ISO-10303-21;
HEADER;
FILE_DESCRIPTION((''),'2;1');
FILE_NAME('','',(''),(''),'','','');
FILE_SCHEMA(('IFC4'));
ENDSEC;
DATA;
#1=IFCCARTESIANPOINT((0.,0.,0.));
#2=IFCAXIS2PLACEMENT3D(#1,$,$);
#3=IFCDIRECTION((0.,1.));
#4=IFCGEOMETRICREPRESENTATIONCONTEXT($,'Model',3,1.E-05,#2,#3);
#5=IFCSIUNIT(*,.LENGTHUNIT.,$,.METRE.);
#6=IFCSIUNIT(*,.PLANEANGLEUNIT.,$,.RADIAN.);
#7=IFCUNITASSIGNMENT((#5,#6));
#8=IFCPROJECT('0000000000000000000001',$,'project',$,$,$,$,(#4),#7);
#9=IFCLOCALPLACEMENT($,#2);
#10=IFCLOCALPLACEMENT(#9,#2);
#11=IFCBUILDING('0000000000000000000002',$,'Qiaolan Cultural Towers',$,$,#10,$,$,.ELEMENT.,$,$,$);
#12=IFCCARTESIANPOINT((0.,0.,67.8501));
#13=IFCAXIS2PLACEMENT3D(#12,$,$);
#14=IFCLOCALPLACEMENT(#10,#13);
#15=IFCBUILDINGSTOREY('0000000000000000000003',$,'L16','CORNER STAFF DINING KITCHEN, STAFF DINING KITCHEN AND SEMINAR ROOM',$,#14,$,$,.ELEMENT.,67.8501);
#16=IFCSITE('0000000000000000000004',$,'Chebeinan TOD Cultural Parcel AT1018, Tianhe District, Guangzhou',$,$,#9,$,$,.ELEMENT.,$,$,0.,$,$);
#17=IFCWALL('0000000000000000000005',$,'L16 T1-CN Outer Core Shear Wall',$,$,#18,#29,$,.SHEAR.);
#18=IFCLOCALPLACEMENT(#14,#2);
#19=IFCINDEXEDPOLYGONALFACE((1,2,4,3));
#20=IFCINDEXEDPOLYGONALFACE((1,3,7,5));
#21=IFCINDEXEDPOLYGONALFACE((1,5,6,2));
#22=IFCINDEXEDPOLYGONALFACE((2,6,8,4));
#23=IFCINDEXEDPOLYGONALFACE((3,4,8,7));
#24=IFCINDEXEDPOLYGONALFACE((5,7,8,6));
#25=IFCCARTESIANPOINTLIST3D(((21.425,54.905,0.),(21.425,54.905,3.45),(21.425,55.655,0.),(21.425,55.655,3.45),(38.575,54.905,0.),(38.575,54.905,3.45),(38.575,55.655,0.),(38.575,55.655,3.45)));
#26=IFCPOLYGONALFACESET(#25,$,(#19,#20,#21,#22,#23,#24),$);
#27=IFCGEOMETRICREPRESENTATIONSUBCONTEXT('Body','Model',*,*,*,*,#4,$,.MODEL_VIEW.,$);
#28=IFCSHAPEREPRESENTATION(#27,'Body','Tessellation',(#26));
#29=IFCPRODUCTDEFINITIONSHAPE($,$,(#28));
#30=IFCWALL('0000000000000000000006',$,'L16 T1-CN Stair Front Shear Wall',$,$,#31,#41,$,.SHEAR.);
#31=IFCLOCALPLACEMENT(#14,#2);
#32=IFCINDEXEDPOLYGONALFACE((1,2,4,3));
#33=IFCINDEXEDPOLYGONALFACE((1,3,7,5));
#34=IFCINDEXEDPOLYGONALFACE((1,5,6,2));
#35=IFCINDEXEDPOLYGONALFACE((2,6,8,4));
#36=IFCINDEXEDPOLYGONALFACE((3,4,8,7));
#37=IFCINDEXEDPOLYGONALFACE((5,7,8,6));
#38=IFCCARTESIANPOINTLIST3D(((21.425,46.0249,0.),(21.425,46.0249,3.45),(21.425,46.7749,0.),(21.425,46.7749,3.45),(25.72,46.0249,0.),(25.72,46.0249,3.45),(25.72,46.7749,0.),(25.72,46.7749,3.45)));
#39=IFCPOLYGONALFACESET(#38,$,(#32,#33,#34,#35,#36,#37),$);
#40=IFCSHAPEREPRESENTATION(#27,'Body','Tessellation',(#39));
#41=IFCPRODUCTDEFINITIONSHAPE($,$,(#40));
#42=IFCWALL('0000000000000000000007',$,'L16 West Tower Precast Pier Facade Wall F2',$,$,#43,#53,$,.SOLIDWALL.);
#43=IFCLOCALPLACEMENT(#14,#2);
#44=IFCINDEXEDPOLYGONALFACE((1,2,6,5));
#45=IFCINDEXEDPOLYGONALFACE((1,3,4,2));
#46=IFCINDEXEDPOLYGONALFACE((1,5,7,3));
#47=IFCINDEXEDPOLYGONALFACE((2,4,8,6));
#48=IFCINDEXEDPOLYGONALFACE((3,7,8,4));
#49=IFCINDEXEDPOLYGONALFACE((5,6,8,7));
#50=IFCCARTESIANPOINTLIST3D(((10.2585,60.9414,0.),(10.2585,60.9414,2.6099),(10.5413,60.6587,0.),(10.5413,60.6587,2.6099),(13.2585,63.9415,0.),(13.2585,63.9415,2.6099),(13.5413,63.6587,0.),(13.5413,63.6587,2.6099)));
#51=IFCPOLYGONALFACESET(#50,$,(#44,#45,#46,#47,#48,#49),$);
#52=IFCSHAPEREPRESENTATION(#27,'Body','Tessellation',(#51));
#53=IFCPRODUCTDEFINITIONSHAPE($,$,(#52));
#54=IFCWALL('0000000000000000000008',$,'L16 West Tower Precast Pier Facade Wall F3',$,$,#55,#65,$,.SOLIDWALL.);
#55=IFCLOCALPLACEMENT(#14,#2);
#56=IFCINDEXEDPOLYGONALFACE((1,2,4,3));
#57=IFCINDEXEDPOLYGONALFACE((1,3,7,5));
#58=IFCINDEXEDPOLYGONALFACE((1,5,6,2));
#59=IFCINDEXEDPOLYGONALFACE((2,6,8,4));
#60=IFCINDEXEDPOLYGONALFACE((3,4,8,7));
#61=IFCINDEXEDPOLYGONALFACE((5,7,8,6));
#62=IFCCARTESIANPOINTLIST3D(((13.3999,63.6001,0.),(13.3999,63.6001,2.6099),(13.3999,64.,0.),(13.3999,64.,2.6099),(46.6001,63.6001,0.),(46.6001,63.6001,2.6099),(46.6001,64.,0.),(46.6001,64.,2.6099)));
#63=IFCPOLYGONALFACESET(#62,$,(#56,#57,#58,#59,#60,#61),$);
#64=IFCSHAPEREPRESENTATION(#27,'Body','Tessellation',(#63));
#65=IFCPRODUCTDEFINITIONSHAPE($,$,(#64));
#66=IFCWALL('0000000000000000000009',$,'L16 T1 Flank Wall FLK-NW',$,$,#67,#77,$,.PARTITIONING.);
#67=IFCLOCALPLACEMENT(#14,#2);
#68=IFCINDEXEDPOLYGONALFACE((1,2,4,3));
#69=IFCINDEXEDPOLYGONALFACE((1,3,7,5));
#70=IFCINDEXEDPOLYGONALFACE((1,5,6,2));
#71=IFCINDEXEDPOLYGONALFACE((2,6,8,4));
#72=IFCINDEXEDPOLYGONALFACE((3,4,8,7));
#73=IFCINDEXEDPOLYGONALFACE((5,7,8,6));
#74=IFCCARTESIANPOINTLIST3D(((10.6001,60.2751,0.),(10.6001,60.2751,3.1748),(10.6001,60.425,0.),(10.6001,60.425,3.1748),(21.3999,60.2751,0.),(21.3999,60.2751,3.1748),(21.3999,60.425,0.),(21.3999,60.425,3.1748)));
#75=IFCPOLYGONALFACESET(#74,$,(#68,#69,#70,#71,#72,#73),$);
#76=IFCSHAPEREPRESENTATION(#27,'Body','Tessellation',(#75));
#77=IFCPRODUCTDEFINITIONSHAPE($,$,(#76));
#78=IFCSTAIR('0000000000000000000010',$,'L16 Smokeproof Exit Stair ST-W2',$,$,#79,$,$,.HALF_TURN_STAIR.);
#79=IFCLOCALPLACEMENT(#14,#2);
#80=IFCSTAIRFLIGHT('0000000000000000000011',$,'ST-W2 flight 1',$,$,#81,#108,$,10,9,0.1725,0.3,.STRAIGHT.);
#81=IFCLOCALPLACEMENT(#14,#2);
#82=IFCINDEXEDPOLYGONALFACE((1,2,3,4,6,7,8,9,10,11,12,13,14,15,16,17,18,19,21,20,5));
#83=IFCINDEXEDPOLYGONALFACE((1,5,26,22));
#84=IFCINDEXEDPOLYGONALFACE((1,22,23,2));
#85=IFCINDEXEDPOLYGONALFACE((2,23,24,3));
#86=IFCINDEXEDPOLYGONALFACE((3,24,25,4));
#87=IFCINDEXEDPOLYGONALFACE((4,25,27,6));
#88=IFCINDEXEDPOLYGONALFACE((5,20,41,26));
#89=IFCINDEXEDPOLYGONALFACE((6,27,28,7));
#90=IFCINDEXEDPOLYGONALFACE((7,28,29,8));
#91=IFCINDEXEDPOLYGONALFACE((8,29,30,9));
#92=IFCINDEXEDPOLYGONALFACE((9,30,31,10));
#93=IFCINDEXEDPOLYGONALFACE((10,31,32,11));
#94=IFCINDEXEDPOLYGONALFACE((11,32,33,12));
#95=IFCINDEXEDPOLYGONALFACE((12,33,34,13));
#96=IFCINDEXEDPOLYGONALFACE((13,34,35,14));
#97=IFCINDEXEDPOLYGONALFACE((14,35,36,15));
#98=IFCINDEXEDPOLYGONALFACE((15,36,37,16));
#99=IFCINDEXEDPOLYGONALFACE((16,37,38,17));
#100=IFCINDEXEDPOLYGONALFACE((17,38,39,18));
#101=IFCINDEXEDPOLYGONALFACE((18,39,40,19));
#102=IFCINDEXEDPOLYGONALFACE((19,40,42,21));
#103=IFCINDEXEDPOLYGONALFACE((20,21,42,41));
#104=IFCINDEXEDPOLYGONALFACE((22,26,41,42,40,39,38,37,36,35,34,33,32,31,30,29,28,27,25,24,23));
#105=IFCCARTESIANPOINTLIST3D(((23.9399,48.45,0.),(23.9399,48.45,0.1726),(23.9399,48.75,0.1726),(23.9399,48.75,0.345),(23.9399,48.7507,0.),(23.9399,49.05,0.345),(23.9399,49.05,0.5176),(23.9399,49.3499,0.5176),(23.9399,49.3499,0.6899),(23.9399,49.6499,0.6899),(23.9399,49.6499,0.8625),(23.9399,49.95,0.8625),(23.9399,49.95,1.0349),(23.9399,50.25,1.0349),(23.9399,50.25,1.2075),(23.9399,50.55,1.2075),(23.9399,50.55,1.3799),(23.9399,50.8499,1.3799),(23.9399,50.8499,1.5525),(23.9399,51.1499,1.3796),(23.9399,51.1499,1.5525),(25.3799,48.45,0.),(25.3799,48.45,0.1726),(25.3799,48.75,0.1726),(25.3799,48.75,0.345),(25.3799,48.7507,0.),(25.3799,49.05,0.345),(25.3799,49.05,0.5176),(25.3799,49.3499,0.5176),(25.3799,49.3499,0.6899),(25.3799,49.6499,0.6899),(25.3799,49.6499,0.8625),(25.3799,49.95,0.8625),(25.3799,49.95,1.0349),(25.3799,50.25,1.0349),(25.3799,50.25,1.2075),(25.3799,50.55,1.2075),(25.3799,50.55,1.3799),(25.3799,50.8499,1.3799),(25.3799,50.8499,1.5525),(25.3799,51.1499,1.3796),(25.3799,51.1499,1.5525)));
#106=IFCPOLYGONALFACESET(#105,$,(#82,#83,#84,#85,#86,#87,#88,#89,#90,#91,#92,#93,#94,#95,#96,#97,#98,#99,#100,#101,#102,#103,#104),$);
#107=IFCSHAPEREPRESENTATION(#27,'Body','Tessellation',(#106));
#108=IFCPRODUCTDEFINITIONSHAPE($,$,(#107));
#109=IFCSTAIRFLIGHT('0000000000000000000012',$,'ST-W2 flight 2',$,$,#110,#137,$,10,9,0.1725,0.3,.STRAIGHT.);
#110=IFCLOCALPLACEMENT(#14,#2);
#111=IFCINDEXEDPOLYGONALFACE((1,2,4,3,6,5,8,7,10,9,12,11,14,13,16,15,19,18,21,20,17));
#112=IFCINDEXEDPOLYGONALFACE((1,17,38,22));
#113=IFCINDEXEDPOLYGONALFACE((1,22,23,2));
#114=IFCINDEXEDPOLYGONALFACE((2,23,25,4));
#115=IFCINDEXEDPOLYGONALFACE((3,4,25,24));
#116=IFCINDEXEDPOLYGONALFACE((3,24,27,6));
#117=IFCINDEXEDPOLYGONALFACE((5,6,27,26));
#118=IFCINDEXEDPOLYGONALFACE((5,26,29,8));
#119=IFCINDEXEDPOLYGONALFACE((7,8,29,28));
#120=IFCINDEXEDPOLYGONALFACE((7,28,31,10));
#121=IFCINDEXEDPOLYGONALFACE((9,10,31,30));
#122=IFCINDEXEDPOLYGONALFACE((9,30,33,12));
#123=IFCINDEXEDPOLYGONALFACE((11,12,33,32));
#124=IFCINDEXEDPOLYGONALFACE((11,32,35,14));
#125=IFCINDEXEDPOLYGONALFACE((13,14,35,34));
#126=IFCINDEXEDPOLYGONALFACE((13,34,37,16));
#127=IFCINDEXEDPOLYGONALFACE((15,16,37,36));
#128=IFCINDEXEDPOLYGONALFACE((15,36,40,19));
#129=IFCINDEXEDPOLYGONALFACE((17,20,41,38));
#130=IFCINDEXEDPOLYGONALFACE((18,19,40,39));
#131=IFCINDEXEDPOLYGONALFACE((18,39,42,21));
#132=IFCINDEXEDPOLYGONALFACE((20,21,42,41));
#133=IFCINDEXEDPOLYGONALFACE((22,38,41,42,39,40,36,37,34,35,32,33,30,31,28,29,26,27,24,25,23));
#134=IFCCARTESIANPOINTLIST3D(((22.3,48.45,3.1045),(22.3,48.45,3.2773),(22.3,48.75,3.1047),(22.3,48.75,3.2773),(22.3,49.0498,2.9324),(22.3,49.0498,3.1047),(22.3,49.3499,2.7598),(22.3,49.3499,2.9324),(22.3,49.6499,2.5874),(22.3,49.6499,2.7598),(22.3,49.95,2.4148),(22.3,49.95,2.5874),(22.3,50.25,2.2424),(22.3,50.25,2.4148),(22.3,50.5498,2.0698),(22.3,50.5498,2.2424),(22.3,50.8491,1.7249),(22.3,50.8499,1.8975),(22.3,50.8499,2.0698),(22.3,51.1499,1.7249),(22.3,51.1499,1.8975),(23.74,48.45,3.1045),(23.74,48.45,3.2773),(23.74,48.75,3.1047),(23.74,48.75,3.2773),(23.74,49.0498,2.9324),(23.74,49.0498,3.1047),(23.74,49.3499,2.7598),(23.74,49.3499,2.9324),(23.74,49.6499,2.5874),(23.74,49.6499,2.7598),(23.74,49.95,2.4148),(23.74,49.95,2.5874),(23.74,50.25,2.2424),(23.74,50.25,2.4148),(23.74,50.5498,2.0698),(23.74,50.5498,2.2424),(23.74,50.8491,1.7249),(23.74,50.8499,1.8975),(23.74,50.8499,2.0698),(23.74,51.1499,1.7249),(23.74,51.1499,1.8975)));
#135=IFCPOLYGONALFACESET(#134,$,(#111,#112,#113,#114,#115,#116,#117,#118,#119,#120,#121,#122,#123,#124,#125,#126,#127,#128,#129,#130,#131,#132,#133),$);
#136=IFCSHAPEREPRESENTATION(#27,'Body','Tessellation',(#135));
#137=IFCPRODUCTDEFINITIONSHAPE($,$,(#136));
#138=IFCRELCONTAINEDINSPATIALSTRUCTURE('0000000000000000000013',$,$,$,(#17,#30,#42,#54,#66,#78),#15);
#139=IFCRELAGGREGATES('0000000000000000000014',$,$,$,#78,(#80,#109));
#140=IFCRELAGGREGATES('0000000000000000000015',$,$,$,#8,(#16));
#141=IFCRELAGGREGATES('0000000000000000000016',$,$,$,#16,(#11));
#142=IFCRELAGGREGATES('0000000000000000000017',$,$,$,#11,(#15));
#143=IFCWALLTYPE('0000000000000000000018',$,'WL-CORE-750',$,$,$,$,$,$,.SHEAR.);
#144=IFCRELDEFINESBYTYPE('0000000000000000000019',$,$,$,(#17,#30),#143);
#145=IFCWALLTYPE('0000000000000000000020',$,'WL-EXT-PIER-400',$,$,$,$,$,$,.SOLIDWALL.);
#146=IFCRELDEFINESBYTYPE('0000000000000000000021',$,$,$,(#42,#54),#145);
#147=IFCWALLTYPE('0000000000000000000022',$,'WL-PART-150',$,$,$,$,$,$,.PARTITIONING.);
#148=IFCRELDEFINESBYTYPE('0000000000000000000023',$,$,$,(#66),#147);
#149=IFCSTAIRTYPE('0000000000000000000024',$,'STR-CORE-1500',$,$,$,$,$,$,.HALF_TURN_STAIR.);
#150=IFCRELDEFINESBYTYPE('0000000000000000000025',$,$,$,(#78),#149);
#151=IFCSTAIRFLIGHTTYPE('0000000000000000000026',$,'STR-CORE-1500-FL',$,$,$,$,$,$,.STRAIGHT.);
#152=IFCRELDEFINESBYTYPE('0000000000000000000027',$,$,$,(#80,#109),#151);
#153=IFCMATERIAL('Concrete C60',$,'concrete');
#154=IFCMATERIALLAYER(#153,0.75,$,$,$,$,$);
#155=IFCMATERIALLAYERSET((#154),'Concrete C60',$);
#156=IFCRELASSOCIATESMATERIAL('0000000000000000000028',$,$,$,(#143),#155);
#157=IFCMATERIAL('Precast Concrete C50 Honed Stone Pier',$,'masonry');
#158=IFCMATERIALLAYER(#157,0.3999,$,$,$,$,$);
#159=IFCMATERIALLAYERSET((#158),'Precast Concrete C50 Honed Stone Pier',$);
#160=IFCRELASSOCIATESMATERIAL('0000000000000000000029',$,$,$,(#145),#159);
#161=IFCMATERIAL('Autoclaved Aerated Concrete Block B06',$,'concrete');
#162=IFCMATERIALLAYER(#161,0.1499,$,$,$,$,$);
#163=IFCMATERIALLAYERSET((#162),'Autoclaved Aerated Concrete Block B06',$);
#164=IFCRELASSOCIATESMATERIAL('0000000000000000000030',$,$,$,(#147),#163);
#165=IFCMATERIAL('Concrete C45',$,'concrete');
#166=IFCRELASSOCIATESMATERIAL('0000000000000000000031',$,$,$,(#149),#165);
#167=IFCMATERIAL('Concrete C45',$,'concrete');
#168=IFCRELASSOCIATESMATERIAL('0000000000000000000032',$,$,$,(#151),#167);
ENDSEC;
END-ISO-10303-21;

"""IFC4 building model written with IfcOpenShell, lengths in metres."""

from ifc_helpers import new_model, si_unit, direction, frame, frame_2d, origin, place, context, subcontext, project, spatial, polyline, rectangle, outline, extrude, material, layer, layer_set, type_object, element, aggregate, save


model = new_model("IFC4")

# Units and contexts
model_context = context("Model", 3, precision=1e-05, world=origin(), true_north=direction((0.0, 1.0)))
body_context = subcontext(model_context, "Body", "Model", "MODEL_VIEW")
ifc_project = project(units=[si_unit("LENGTHUNIT", "METRE"), si_unit("PLANEANGLEUNIT", "RADIAN")], contexts=[model_context])

# Site, building, storey
site_placement = place(None, origin())
site = spatial("IfcSite", under=ifc_project, at=site_placement, Name="Chebeinan TOD Cultural Parcel AT1018, Tianhe District, Guangzhou", CompositionType="ELEMENT", RefElevation=0.0)
building_placement = place(site_placement, origin())
building = spatial("IfcBuilding", under=site, at=building_placement, Name="Qiaolan Cultural Towers", CompositionType="ELEMENT")
storey_placement = place(building_placement, frame((0.0, 0.0, 67.8501)))
storey = spatial("IfcBuildingStorey", under=building, at=storey_placement, Name="L16", Description="CORNER STAFF DINING KITCHEN, STAFF DINING KITCHEN AND SEMINAR ROOM", CompositionType="ELEMENT", Elevation=67.8501)

# Walls
ifc_material_1 = material(Name="Concrete C60", Category="concrete")
ifc_layer_1 = layer(ifc_material_1, 0.75)
ifc_layer_set_1 = layer_set([ifc_layer_1], Name="Concrete C60")
wall_type_1 = type_object("IfcWallType", Name="WL-CORE-750", PredefinedType="SHEAR", material=ifc_layer_set_1)
wall_1_placement = place(storey_placement, frame((21.425, 55.28, 0.0), z_axis=(0.0, 0.0, 1.0), x_axis=(1.0, 0.0, 0.0)))
element("IfcWall", 1, at=wall_1_placement, inside=storey, type_object=wall_type_1, Name="L16 T1-CN Outer Core Shear Wall", PredefinedType="SHEAR", context=body_context, shape_type="SweptSolid", body=[
    extrude(rectangle(XDim=17.1499, YDim=0.75, at=frame_2d((8.575, 0.0))), origin(), (0.0, 0.0, 1.0), 3.45),
])
wall_2_placement = place(storey_placement, frame((21.425, 46.3999, 0.0), z_axis=(0.0, 0.0, 1.0), x_axis=(1.0, 0.0, 0.0)))
element("IfcWall", 2, at=wall_2_placement, inside=storey, type_object=wall_type_1, Name="L16 T1-CN Stair Front Shear Wall", PredefinedType="SHEAR", context=body_context, shape_type="SweptSolid", body=[
    extrude(rectangle(XDim=4.2949, YDim=0.75, at=frame_2d((2.1475, 0.0))), origin(), (0.0, 0.0, 1.0), 3.45),
])
ifc_material_2 = material(Name="Precast Concrete C50 Honed Stone Pier", Category="masonry")
ifc_layer_2 = layer(ifc_material_2, 0.3999)
ifc_layer_set_2 = layer_set([ifc_layer_2], Name="Precast Concrete C50 Honed Stone Pier")
wall_type_2 = type_object("IfcWallType", Name="WL-EXT-PIER-400", PredefinedType="SOLIDWALL", material=ifc_layer_set_2)
wall_3_placement = place(storey_placement, frame((10.3999, 60.8, 0.0), z_axis=(0.0, 0.0, 1.0), x_axis=(0.707107, 0.707107, 0.0)))
element("IfcWall", 3, at=wall_3_placement, inside=storey, type_object=wall_type_2, Name="L16 West Tower Precast Pier Facade Wall F2", PredefinedType="SOLIDWALL", context=body_context, shape_type="SweptSolid", body=[
    extrude(rectangle(XDim=4.2427, YDim=0.3999, at=frame_2d((2.1213, 0.0))), origin(), (0.0, 0.0, 1.0), 2.6099),
])
wall_4_placement = place(storey_placement, frame((13.3999, 63.8, 0.0), z_axis=(0.0, 0.0, 1.0), x_axis=(1.0, 0.0, 0.0)))
element("IfcWall", 4, at=wall_4_placement, inside=storey, type_object=wall_type_2, Name="L16 West Tower Precast Pier Facade Wall F3", PredefinedType="SOLIDWALL", context=body_context, shape_type="SweptSolid", body=[
    extrude(rectangle(XDim=33.2002, YDim=0.3999, at=frame_2d((16.6001, 0.0))), origin(), (0.0, 0.0, 1.0), 2.6099),
])
ifc_material_3 = material(Name="Autoclaved Aerated Concrete Block B06", Category="concrete")
ifc_layer_3 = layer(ifc_material_3, 0.1499)
ifc_layer_set_3 = layer_set([ifc_layer_3], Name="Autoclaved Aerated Concrete Block B06")
wall_type_3 = type_object("IfcWallType", Name="WL-PART-150", PredefinedType="PARTITIONING", material=ifc_layer_set_3)
wall_5_placement = place(storey_placement, frame((10.6001, 60.3501, 0.0), z_axis=(0.0, 0.0, 1.0), x_axis=(1.0, 0.0, 0.0)))
element("IfcWall", 5, at=wall_5_placement, inside=storey, type_object=wall_type_3, Name="L16 T1 Flank Wall FLK-NW", PredefinedType="PARTITIONING", context=body_context, shape_type="SweptSolid", body=[
    extrude(rectangle(XDim=10.7998, YDim=0.1499, at=frame_2d((5.3999, 0.0))), origin(), (0.0, 0.0, 1.0), 3.1748),
])

# Stair, stair flights
ifc_material_4 = material(Name="Concrete C45", Category="concrete")
stair_type = type_object("IfcStairType", Name="STR-CORE-1500", PredefinedType="HALF_TURN_STAIR", material=ifc_material_4)
stair_placement = place(storey_placement, origin())
stair = element("IfcStair", 6, at=stair_placement, inside=storey, type_object=stair_type, Name="L16 Smokeproof Exit Stair ST-W2", PredefinedType="HALF_TURN_STAIR")
ifc_material_5 = material(Name="Concrete C45", Category="concrete")
stair_flight_type = type_object("IfcStairFlightType", Name="STR-CORE-1500-FL", PredefinedType="STRAIGHT", material=ifc_material_5)
stair_flight_1_placement = place(storey_placement, frame((24.6599, 48.45, 0.0), z_axis=(0.0, 0.0, 1.0), x_axis=(0.0, 1.0, 0.0)))
stair_flight_1 = element("IfcStairFlight", 7, at=stair_flight_1_placement, type_object=stair_flight_type, Name="ST-W2 flight 1", NumberOfRisers=10, NumberOfTreads=9, PredefinedType="STRAIGHT", RiserHeight=0.1725, TreadLength=0.3, context=body_context, shape_type="SweptSolid", body=[
    extrude(outline(polyline([(0.0, 0.0), (0.0, 0.1726), (0.3, 0.1726), (0.3, 0.345), (0.6001, 0.345), (0.6001, 0.5176), (0.8999, 0.5176), (0.8999, 0.6899), (1.2, 0.6899), (1.2, 0.8625), (1.5, 0.8625), (1.5, 1.0349), (1.8, 1.0349), (1.8, 1.2075), (2.1001, 1.2075), (2.1001, 1.3799), (2.3999, 1.3799), (2.3999, 1.5525), (2.7, 1.5525), (2.7, 1.7251), (2.7, 1.3796), (0.3008, 0.0), (0.0, 0.0)])), frame((0.0, 0.72, 0.0), z_axis=(0.0, -1.0, 0.0), x_axis=(1.0, 0.0, 0.0)), (0.0, 0.0, 1.0), 1.4399),
])
stair_flight_2_placement = place(storey_placement, frame((23.02, 51.1499, 1.7249), z_axis=(0.0, 0.0, 1.0), x_axis=(0.0, -1.0, 0.0)))
stair_flight_2 = element("IfcStairFlight", 8, at=stair_flight_2_placement, type_object=stair_flight_type, Name="ST-W2 flight 2", NumberOfRisers=10, NumberOfTreads=9, PredefinedType="STRAIGHT", RiserHeight=0.1725, TreadLength=0.3, context=body_context, shape_type="SweptSolid", body=[
    extrude(outline(polyline([(0.0, 0.0), (0.0, 0.1726), (0.3, 0.1726), (0.3, 0.345), (0.6001, 0.345), (0.6001, 0.5176), (0.8999, 0.5176), (0.8999, 0.6899), (1.2, 0.6899), (1.2, 0.8625), (1.5, 0.8625), (1.5, 1.0349), (1.8, 1.0349), (1.8, 1.2075), (2.1001, 1.2075), (2.1001, 1.3799), (2.3999, 1.3799), (2.3999, 1.5525), (2.7, 1.5525), (2.7, 1.7251), (2.7, 1.3796), (0.3008, 0.0), (0.0, 0.0)])), frame((0.0, 0.72, 0.0), z_axis=(0.0, -1.0, 0.0), x_axis=(1.0, 0.0, 0.0)), (0.0, 0.0, 1.0), 1.4399),
])
aggregate(stair, [stair_flight_1, stair_flight_2])

save(model, "model.ifc")
